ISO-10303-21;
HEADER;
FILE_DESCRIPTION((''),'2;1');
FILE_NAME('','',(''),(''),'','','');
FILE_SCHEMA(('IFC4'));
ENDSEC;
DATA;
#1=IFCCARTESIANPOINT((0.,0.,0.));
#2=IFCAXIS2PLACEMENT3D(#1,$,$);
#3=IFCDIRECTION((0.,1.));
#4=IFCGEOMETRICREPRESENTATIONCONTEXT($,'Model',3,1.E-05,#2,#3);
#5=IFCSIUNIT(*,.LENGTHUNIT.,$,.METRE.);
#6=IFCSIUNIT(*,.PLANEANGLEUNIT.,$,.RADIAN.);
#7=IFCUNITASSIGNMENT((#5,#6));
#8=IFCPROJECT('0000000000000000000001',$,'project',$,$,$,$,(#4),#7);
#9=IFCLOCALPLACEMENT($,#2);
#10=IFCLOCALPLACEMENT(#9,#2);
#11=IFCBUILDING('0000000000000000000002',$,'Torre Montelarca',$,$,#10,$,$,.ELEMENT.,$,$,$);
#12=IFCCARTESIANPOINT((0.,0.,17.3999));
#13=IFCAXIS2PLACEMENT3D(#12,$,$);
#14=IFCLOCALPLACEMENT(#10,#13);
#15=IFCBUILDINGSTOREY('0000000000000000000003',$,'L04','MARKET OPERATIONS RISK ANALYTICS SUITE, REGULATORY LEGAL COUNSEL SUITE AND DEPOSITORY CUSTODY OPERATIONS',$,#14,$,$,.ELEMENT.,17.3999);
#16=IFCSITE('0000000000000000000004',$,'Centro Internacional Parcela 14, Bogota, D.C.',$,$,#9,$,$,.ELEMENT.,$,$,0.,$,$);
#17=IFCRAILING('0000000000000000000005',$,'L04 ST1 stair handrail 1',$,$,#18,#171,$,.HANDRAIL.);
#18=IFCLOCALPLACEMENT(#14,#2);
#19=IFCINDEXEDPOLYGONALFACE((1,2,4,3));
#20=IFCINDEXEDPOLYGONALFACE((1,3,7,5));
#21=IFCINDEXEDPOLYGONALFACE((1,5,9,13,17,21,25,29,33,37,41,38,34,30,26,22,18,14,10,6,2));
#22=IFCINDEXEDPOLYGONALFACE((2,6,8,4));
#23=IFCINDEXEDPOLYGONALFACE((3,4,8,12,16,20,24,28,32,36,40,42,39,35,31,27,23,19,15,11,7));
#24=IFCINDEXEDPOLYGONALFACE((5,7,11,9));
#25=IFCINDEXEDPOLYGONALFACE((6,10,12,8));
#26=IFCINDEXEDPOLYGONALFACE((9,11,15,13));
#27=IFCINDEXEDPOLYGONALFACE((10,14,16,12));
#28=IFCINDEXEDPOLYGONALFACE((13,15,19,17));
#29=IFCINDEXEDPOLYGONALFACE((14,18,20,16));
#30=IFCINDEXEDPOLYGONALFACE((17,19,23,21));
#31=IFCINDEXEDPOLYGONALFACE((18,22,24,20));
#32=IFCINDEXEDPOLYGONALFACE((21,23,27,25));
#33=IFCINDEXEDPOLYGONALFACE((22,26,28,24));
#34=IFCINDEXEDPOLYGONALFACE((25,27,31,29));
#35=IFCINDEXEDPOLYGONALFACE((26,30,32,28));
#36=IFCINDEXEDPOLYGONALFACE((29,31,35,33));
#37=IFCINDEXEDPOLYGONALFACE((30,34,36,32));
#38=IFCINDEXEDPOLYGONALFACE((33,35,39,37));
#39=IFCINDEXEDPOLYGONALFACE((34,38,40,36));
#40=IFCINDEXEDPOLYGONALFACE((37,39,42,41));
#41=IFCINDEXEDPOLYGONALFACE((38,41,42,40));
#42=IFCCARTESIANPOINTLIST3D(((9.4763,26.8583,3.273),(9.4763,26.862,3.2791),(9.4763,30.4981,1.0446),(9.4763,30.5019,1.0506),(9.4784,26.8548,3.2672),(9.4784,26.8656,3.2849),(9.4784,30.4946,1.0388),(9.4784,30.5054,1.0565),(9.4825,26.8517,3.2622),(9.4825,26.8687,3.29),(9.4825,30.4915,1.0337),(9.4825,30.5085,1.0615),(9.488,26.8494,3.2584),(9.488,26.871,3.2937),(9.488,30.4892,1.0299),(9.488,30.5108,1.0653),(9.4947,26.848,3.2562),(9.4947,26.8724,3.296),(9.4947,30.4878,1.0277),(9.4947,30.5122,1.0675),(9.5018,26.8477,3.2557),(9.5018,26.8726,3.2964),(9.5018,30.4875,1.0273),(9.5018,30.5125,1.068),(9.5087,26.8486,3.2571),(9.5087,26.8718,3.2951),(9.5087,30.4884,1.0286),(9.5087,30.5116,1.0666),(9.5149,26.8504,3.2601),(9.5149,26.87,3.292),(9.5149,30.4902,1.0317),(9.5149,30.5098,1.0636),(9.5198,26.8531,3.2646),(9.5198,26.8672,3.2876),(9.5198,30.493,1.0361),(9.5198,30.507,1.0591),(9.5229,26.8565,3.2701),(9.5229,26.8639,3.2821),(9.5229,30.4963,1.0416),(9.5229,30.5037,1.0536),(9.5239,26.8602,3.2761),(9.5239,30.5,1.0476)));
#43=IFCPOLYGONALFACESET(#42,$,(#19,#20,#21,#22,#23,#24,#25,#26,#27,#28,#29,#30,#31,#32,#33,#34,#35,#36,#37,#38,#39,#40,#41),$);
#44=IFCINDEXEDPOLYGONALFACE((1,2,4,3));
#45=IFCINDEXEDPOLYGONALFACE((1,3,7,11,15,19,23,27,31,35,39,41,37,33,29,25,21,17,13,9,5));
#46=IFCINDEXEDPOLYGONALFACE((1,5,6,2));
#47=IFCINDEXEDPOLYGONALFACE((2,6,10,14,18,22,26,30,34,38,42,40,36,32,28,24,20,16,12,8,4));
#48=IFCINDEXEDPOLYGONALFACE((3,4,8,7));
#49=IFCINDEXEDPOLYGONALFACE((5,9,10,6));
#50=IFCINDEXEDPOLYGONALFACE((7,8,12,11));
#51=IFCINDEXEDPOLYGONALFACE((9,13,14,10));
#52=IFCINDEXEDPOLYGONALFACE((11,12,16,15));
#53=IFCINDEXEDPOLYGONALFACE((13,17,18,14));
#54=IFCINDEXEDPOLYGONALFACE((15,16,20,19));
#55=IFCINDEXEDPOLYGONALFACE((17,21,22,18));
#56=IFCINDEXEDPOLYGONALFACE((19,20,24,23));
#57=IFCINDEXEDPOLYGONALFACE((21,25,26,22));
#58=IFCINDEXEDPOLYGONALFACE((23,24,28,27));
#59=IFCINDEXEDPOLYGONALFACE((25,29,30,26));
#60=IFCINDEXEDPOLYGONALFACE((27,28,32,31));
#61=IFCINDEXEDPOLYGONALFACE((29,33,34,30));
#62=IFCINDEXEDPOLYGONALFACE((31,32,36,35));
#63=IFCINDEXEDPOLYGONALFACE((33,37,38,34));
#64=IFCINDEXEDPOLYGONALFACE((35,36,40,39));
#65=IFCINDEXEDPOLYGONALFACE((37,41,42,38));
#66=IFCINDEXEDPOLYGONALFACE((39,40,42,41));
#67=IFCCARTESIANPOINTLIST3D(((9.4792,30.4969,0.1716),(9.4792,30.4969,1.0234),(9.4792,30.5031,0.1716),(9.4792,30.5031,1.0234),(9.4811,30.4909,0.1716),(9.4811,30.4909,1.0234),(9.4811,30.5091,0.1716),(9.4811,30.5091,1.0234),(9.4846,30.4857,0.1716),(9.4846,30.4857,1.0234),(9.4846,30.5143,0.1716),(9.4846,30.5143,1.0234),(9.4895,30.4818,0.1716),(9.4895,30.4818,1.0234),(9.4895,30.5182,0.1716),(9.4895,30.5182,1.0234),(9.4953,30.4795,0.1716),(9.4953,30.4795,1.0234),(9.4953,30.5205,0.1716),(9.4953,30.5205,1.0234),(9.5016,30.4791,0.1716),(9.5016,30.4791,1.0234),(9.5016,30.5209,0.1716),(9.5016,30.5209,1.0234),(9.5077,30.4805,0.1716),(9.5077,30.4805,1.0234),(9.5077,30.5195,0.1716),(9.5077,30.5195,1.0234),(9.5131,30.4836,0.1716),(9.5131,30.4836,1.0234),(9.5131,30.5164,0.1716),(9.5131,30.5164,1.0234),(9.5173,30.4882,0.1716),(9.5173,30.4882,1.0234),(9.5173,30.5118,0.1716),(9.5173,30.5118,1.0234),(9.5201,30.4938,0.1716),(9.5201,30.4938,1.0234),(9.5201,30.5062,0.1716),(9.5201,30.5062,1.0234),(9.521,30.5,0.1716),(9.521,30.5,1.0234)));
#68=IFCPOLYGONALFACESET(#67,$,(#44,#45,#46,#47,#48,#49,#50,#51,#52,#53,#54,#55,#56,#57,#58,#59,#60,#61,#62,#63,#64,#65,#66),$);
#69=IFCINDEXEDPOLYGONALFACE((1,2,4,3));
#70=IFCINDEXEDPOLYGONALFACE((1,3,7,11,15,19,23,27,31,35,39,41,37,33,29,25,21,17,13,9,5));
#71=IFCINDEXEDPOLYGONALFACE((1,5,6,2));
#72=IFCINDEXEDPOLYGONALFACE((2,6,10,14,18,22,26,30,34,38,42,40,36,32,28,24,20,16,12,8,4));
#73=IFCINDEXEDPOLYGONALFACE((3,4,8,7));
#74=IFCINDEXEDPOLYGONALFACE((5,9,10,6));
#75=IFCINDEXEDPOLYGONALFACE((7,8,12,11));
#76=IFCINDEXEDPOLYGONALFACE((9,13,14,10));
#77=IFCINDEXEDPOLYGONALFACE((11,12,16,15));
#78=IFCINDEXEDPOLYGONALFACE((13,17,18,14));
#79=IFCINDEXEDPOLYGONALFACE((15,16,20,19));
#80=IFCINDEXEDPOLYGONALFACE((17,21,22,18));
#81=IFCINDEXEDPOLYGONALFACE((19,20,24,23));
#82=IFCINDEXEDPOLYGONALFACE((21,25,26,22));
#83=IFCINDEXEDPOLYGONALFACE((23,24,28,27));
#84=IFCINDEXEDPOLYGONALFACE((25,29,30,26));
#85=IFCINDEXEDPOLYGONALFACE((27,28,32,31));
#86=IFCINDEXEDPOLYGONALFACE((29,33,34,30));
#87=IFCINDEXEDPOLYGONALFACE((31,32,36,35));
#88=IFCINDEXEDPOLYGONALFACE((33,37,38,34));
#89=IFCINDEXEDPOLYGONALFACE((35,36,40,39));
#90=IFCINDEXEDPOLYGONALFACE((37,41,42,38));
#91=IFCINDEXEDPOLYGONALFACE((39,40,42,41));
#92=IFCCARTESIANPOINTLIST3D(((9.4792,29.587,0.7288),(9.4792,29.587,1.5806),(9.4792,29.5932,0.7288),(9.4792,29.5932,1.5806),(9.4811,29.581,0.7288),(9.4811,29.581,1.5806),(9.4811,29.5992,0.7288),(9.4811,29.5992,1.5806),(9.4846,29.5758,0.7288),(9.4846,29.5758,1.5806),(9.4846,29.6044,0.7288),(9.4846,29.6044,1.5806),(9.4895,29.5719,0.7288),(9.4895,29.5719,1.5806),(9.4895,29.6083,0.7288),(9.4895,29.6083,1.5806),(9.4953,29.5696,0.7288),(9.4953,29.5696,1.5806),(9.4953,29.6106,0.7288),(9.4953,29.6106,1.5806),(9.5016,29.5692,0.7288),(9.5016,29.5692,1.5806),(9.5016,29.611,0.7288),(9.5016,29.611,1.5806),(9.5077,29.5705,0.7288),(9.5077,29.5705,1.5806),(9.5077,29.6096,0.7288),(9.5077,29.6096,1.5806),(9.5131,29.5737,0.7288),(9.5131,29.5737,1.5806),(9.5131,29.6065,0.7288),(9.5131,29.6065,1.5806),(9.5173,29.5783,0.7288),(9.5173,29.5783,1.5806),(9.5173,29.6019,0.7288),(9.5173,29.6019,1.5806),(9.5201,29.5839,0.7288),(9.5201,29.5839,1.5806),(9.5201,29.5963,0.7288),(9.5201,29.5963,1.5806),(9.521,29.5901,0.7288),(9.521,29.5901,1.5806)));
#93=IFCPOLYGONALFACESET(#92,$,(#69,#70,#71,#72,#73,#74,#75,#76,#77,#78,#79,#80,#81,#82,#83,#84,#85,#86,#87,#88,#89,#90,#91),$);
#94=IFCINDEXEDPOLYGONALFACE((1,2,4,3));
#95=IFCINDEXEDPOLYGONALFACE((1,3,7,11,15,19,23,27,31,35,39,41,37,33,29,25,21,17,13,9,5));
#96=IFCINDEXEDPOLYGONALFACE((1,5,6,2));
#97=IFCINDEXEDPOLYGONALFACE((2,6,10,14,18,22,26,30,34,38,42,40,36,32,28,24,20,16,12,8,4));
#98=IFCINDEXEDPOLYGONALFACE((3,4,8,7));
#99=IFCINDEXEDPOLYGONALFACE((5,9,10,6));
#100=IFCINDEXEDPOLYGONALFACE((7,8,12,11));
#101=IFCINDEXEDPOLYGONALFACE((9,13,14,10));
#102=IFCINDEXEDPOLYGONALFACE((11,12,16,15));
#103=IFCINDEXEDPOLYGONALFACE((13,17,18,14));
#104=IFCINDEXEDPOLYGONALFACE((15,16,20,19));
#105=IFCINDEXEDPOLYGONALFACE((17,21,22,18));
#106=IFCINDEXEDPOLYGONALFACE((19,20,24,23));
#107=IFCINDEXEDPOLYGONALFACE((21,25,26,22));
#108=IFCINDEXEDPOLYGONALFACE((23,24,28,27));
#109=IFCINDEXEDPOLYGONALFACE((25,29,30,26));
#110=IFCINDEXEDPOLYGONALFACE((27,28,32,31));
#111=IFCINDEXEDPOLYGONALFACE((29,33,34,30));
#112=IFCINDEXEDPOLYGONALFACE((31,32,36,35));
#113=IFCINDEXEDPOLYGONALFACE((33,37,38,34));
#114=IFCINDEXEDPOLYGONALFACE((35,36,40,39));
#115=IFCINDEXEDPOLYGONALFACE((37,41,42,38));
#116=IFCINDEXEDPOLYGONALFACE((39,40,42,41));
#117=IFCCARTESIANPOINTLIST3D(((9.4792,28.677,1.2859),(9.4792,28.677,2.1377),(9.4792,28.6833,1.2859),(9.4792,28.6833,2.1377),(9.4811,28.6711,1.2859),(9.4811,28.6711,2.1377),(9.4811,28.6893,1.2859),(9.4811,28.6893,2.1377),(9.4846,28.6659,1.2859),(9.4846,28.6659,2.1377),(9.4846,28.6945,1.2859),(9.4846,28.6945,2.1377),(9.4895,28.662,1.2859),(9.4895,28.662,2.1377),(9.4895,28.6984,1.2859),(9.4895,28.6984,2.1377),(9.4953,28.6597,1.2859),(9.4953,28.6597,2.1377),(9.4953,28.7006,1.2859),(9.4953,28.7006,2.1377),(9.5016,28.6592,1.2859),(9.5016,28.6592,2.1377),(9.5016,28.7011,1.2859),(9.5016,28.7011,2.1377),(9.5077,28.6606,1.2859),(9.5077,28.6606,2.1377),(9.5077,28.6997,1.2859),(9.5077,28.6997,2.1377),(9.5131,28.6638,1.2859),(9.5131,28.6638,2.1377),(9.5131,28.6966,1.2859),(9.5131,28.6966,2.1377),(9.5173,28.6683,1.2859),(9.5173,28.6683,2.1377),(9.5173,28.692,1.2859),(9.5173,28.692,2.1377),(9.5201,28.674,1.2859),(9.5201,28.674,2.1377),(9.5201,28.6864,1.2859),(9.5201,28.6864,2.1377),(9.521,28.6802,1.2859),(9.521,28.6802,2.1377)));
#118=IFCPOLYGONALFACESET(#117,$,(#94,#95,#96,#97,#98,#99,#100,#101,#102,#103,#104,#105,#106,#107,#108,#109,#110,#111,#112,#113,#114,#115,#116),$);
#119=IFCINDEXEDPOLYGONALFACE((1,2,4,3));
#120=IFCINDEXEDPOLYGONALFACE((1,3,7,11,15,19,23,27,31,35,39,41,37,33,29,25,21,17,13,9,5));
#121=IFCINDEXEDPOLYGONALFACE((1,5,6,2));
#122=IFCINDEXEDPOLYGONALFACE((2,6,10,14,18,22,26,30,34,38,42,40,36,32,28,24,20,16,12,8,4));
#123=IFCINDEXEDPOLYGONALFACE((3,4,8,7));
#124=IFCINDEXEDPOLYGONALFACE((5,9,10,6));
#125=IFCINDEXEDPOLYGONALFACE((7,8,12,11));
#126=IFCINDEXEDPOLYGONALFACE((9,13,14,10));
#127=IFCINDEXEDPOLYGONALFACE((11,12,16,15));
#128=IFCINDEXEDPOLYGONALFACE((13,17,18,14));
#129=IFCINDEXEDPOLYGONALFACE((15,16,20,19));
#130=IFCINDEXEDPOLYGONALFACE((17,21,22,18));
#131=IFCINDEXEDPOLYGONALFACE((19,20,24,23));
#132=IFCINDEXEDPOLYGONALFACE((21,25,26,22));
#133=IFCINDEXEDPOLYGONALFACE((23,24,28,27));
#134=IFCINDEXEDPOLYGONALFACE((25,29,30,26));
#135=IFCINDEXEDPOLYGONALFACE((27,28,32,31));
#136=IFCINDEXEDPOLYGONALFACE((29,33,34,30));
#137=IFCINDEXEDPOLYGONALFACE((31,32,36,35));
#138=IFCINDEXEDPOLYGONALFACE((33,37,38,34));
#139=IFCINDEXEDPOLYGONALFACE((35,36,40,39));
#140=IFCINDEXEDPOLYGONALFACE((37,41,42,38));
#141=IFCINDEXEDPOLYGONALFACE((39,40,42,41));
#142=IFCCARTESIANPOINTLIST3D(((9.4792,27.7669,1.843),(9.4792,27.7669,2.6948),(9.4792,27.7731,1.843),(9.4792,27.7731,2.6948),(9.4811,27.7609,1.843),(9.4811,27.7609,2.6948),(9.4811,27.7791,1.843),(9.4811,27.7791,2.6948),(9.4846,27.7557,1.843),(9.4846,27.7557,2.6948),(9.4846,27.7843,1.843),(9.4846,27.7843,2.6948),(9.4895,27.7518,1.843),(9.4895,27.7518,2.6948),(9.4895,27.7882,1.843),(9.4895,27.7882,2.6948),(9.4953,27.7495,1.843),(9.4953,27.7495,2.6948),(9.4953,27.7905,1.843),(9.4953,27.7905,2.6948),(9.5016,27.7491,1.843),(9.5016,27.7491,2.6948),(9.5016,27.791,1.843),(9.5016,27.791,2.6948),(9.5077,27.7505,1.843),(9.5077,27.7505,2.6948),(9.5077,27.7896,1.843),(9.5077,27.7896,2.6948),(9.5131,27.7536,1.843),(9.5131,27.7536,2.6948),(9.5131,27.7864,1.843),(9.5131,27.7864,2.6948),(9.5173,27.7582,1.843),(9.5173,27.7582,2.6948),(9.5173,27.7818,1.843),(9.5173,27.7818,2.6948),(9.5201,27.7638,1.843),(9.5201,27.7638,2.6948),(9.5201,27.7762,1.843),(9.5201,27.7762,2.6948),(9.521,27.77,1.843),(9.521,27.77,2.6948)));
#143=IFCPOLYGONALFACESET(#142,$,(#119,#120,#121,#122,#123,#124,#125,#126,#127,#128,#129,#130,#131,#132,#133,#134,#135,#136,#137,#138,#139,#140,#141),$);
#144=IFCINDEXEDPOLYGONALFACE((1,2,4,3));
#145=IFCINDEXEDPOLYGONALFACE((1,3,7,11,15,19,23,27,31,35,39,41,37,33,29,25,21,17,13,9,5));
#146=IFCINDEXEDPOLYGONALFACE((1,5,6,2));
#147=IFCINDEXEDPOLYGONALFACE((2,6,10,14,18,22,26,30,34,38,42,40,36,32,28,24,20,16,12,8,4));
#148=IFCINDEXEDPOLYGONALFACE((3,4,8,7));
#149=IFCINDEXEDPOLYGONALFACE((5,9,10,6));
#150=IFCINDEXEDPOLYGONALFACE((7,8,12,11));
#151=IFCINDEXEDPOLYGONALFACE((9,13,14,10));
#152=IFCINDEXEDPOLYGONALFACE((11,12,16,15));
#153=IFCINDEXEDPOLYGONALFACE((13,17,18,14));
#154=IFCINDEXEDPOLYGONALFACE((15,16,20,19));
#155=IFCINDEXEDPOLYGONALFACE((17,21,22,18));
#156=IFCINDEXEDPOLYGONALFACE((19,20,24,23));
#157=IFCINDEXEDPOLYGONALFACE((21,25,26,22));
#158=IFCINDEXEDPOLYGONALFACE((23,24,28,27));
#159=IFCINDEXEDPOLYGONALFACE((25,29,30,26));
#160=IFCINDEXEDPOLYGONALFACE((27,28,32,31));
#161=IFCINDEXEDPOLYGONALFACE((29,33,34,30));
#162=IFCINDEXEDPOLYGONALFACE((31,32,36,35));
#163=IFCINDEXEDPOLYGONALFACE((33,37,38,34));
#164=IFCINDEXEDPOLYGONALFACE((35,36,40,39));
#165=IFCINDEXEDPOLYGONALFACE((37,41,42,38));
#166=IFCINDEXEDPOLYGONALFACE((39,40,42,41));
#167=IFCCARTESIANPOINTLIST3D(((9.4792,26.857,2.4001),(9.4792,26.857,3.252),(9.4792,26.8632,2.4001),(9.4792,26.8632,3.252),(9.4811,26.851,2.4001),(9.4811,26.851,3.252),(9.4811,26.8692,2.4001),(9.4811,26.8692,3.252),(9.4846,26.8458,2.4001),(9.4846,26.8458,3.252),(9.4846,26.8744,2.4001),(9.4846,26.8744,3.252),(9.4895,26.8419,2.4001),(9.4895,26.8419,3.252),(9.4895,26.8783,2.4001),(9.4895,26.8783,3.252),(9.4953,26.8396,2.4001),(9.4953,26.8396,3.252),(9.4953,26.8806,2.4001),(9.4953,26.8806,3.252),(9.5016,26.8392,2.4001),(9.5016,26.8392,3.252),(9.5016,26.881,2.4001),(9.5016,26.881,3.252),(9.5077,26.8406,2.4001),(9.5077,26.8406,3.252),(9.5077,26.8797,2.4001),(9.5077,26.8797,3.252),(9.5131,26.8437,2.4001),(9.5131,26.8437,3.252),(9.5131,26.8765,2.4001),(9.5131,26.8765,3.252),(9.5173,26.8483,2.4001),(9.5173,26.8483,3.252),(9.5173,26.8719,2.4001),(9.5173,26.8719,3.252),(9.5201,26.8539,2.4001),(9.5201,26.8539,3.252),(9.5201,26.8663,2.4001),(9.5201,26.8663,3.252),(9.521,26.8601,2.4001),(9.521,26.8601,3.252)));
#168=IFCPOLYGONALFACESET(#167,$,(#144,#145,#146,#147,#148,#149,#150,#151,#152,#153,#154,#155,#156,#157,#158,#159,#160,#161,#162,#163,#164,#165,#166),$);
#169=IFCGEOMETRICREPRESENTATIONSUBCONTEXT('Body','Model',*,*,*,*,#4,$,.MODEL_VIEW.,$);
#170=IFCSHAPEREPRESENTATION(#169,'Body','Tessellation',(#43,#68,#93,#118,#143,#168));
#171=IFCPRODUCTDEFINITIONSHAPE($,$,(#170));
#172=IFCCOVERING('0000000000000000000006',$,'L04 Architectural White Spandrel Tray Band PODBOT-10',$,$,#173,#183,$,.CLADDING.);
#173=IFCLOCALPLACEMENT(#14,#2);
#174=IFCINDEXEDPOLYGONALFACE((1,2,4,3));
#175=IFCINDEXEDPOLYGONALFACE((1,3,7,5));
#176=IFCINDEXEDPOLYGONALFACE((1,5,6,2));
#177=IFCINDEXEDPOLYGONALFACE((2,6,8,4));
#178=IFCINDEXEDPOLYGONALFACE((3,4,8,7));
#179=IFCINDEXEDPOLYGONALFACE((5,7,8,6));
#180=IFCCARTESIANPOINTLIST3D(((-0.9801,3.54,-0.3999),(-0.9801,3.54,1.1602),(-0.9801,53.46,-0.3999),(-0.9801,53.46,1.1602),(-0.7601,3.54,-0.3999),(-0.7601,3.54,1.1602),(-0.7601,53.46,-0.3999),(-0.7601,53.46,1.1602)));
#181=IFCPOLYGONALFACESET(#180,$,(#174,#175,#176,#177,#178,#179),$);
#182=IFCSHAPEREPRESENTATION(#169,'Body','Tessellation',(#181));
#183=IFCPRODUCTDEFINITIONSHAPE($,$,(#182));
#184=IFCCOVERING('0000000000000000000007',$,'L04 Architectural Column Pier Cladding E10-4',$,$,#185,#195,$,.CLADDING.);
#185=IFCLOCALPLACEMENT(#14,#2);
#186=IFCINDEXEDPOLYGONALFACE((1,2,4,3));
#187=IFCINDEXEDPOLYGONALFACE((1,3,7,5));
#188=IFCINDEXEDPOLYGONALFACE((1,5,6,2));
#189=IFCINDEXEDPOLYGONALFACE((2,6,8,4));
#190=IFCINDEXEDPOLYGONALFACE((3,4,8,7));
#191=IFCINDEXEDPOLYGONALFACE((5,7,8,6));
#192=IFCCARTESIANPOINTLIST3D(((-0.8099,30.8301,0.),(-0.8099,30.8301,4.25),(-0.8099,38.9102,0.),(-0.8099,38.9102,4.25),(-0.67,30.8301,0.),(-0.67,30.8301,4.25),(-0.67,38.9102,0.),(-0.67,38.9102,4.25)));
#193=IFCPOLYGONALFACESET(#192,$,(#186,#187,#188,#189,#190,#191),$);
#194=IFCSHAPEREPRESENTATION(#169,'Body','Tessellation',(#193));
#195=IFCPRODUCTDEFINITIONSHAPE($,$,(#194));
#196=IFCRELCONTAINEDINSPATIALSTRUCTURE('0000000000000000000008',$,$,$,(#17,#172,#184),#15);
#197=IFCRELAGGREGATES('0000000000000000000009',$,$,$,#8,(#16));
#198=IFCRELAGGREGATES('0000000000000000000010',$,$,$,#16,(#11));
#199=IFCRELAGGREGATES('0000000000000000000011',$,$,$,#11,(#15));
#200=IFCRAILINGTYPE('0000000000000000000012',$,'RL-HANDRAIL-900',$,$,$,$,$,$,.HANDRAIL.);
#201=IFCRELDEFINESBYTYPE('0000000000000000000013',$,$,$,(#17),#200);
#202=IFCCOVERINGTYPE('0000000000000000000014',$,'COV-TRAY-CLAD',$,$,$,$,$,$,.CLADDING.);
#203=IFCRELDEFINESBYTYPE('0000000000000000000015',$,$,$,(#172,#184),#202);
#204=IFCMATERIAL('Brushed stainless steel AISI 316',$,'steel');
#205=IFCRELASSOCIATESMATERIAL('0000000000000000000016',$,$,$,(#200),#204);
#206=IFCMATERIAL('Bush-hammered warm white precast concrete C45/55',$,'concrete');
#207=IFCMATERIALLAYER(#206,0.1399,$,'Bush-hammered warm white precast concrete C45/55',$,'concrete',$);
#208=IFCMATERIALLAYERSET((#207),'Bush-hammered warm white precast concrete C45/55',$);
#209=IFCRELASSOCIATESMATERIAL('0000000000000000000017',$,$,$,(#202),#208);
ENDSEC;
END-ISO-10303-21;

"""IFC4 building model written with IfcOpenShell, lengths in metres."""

from ifc_helpers import new_model, si_unit, direction, frame, origin, origin_2d, place, context, subcontext, project, spatial, rectangle, circle, extrude, source, transform, mapped, material, layer, layer_set, type_object, element, save


model = new_model("IFC4")

# Units and contexts
model_context = context("Model", 3, precision=1e-05, world=origin(), true_north=direction((0.0, 1.0)))
body_context = subcontext(model_context, "Body", "Model", "MODEL_VIEW")
ifc_project = project(units=[si_unit("LENGTHUNIT", "METRE"), si_unit("PLANEANGLEUNIT", "RADIAN")], contexts=[model_context])

# Site, building, storey
site_placement = place(None, origin())
site = spatial("IfcSite", under=ifc_project, at=site_placement, Name="Centro Internacional Parcela 14, Bogota, D.C.", CompositionType="ELEMENT", RefElevation=0.0)
building_placement = place(site_placement, origin())
building = spatial("IfcBuilding", under=site, at=building_placement, Name="Torre Montelarca", CompositionType="ELEMENT")
storey_placement = place(building_placement, frame((0.0, 0.0, 17.3999)))
storey = spatial("IfcBuildingStorey", under=building, at=storey_placement, Name="L04", Description="MARKET OPERATIONS RISK ANALYTICS SUITE, REGULATORY LEGAL COUNSEL SUITE AND DEPOSITORY CUSTODY OPERATIONS", CompositionType="ELEMENT", Elevation=17.3999)

# Shared definitions
ifc_material_1 = material(Name="Brushed stainless steel AISI 316", Category="steel")

# Railing
railing_type_1 = type_object("IfcRailingType", Name="RL-HANDRAIL-900", PredefinedType="HANDRAIL", material=ifc_material_1)
railing_1_placement = place(storey_placement, frame((9.5, 30.5, 0.1716)))
element("IfcRailing", 1, at=railing_1_placement, inside=storey, type_object=railing_type_1, Name="L04 ST1 stair handrail 1", PredefinedType="HANDRAIL", context=body_context, shape_type="SweptSolid", body=[
    extrude(circle(Radius=0.0239, at=origin_2d()), frame((0.0, 0.0, 0.876), z_axis=(0.0, -0.85285, 0.522156), x_axis=(1.0, 0.0, 0.0)), (0.0, 0.0, 1.0), 4.2678),
    extrude(circle(Radius=0.021, at=origin_2d()), origin(), (0.0, 0.0, 1.0), 0.8518),
    extrude(circle(Radius=0.021, at=origin_2d()), frame((0.0, -0.9099, 0.5571)), (0.0, 0.0, 1.0), 0.8518),
    extrude(circle(Radius=0.021, at=origin_2d()), frame((0.0, -1.8198, 1.1143)), (0.0, 0.0, 1.0), 0.8518),
    extrude(circle(Radius=0.021, at=origin_2d()), frame((0.0, -2.73, 1.6714)), (0.0, 0.0, 1.0), 0.8518),
    extrude(circle(Radius=0.021, at=origin_2d()), frame((0.0, -3.6399, 2.2285)), (0.0, 0.0, 1.0), 0.8518),
])

# Coverings
ifc_material_2 = material(Name="Bush-hammered warm white precast concrete C45/55", Category="concrete")
ifc_layer_1 = layer(ifc_material_2, 0.1399, Name="Bush-hammered warm white precast concrete C45/55", Category="concrete")
ifc_layer_set_1 = layer_set([ifc_layer_1], Name="Bush-hammered warm white precast concrete C45/55")
covering_type = type_object("IfcCoveringType", Name="COV-TRAY-CLAD", PredefinedType="CLADDING", material=ifc_layer_set_1)
shared_shape_1 = source(origin(), body_context, "Body", "SweptSolid", [
    extrude(rectangle(XDim=49.9199, YDim=0.22, at=origin_2d()), origin(), (0.0, 0.0, 1.0), 1.5601),
])
covering_1_placement = place(storey_placement, frame((-0.8701, 28.5, -0.3999), z_axis=(0.0, 0.0, 1.0), x_axis=(0.0, -1.0, 0.0)))
element("IfcCovering", 2, at=covering_1_placement, inside=storey, type_object=covering_type, Name="L04 Architectural White Spandrel Tray Band PODBOT-10", PredefinedType="CLADDING", context=body_context, shape_type="MappedRepresentation", body=[
    mapped(shared_shape_1, transform((0.0, 0.0, 0.0), scale=1.0)),
])
shared_shape_2 = source(origin(), body_context, "Body", "SweptSolid", [
    extrude(rectangle(XDim=8.0801, YDim=0.1399, at=origin_2d()), origin(), (0.0, 0.0, 1.0), 4.25),
])
covering_2_placement = place(storey_placement, frame((-0.74, 34.8701, 0.0), z_axis=(0.0, 0.0, 1.0), x_axis=(0.0, -1.0, 0.0)))
element("IfcCovering", 3, at=covering_2_placement, inside=storey, type_object=covering_type, Name="L04 Architectural Column Pier Cladding E10-4", PredefinedType="CLADDING", context=body_context, shape_type="MappedRepresentation", body=[
    mapped(shared_shape_2, transform((0.0, 0.0, 0.0), scale=1.0)),
])

save(model, "model.ifc")
